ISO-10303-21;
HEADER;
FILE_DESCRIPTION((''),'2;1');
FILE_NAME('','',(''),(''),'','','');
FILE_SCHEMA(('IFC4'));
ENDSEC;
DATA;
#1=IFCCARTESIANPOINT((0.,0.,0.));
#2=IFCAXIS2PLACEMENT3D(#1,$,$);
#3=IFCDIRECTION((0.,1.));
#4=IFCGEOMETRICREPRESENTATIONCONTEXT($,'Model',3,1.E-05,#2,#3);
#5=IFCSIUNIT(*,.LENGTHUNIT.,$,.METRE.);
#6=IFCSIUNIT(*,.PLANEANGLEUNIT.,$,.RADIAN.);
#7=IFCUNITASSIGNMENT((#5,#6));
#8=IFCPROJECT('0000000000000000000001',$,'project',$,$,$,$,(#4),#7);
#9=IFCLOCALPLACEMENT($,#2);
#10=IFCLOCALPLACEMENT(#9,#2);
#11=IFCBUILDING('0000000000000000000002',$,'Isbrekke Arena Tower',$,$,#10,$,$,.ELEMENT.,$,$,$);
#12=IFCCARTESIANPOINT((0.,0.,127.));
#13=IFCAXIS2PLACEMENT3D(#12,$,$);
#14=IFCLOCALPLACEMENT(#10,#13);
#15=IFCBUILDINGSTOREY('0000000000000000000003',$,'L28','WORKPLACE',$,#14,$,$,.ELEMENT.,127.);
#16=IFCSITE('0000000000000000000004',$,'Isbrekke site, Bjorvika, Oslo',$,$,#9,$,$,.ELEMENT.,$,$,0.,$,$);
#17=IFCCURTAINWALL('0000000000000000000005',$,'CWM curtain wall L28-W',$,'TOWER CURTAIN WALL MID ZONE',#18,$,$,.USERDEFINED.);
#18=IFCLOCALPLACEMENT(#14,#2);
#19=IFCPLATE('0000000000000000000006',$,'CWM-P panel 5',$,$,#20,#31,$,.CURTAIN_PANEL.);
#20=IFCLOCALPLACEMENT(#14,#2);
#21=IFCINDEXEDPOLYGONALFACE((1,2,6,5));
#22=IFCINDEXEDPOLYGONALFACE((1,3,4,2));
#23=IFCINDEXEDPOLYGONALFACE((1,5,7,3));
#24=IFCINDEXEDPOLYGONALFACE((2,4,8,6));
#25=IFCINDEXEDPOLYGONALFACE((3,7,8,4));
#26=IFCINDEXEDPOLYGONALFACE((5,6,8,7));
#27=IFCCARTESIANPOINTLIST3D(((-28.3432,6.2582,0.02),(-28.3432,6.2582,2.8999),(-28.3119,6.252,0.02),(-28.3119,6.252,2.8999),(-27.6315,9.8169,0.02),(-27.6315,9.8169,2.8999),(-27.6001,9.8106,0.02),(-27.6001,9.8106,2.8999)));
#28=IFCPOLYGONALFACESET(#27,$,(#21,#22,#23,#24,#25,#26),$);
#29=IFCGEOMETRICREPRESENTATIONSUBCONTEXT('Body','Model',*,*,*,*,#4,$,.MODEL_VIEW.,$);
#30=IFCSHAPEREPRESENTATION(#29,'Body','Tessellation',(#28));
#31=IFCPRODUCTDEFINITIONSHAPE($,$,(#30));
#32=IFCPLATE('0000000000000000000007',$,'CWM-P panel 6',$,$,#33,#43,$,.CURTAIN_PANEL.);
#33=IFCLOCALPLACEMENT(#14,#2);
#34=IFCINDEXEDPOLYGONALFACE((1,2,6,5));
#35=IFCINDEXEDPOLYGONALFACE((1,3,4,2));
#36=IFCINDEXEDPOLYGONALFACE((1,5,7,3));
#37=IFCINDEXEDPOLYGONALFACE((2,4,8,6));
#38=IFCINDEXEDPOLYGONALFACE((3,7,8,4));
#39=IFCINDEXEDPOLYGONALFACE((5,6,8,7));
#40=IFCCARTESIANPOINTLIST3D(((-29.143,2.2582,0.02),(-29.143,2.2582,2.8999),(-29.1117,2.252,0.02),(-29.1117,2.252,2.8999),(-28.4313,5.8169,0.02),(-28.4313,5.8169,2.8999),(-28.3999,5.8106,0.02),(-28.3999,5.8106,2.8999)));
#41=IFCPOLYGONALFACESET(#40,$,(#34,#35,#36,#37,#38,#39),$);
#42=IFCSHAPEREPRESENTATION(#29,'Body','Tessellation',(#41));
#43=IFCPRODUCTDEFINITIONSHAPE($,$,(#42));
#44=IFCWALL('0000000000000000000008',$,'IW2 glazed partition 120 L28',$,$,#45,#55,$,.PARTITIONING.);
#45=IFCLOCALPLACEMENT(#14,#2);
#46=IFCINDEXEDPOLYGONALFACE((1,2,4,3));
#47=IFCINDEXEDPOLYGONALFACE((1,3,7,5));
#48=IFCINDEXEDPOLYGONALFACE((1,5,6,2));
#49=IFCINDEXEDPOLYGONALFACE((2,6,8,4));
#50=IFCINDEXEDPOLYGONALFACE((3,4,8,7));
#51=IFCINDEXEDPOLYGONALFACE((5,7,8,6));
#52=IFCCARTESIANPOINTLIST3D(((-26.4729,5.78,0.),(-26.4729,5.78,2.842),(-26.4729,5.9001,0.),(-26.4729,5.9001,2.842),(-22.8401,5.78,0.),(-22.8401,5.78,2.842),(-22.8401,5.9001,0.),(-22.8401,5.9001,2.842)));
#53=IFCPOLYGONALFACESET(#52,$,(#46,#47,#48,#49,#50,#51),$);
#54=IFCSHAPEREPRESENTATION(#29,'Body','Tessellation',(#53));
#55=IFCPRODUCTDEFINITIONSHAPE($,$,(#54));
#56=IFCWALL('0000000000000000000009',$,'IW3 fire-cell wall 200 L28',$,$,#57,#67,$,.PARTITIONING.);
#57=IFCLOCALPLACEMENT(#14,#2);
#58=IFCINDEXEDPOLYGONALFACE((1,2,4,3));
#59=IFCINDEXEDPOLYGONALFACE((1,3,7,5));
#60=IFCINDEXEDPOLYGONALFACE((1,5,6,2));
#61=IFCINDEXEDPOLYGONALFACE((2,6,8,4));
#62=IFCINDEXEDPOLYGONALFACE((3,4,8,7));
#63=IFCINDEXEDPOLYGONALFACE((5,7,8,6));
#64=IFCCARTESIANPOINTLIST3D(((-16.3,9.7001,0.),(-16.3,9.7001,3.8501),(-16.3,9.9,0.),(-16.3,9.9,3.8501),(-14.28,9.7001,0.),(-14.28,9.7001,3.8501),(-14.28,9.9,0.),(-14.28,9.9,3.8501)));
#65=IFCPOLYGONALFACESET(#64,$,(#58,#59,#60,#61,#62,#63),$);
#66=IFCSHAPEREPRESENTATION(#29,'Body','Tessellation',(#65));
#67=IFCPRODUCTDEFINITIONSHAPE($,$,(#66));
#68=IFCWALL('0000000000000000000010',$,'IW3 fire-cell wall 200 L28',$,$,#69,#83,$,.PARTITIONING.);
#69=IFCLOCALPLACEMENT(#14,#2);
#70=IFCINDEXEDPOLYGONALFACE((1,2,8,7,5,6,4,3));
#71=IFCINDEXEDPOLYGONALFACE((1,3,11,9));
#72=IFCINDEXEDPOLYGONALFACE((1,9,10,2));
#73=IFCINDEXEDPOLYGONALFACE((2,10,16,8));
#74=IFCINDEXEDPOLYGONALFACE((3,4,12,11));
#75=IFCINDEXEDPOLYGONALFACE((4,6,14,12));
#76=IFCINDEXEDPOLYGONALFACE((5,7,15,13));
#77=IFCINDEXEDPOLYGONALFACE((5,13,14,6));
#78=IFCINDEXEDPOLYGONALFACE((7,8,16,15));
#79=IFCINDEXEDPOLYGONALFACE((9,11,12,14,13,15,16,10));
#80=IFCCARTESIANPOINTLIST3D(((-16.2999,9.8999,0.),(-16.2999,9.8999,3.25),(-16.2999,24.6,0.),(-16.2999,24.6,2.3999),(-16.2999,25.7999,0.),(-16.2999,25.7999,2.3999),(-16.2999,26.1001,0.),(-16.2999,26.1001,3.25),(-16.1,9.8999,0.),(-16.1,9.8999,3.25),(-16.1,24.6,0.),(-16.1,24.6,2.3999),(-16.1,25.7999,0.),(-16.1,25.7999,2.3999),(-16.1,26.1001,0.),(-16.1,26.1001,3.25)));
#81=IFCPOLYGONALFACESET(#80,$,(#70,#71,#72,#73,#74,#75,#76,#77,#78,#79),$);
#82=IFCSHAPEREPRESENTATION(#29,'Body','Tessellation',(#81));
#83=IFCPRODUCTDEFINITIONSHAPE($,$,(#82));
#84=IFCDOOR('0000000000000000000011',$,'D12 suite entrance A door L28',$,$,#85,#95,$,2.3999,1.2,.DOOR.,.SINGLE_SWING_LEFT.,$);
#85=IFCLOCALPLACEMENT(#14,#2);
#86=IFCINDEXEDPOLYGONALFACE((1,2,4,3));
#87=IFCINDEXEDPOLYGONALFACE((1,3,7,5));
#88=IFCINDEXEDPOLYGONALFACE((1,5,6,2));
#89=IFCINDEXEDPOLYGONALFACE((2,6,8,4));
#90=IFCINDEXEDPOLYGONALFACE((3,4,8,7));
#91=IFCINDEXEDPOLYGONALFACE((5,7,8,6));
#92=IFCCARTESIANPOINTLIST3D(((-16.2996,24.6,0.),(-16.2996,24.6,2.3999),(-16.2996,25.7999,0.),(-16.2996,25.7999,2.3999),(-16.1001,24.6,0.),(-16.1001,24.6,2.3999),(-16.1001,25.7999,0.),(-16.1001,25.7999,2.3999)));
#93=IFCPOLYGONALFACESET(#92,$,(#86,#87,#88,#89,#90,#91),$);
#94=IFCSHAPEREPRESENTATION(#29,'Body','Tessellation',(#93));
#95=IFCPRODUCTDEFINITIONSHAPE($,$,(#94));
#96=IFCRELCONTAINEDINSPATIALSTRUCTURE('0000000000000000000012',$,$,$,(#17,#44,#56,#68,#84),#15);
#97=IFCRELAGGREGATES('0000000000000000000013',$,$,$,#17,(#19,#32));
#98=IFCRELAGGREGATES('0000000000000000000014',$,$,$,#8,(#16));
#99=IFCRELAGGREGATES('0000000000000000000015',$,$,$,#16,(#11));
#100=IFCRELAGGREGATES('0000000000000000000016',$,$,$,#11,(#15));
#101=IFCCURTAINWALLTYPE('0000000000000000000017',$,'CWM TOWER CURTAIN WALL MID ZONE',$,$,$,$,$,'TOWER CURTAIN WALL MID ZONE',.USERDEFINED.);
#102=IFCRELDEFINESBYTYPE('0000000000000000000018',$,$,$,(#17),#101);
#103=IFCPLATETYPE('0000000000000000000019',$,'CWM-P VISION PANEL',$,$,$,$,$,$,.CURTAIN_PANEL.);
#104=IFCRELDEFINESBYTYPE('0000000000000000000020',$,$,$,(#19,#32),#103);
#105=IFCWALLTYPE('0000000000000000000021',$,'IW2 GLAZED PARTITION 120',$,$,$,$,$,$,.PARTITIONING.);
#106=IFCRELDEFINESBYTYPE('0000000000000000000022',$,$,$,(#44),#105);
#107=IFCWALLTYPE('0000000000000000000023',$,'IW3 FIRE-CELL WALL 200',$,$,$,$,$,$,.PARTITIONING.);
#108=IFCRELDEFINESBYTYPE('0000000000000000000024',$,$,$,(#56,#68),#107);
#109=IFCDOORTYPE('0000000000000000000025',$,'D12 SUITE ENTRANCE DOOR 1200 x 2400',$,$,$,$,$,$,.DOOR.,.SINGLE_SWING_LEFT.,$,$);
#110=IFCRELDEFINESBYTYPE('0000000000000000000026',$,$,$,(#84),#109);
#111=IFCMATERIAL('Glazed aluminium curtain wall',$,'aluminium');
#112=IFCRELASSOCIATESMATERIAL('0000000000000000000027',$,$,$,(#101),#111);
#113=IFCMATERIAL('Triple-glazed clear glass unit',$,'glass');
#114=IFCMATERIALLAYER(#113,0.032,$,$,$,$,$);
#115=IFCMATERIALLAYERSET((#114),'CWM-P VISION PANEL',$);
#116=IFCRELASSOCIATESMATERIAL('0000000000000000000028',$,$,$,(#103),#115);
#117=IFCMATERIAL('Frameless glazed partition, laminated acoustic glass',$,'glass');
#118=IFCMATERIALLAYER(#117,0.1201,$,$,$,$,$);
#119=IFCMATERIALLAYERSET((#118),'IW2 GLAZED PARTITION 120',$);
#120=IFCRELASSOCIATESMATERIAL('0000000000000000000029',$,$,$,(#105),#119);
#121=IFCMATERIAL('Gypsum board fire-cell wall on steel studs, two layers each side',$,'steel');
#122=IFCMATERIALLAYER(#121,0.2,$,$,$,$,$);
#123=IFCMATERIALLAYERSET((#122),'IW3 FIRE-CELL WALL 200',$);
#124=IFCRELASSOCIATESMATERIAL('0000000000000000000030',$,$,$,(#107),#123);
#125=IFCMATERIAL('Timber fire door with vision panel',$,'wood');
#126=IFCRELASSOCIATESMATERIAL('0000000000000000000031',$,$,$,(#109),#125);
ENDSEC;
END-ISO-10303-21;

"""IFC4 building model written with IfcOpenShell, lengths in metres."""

from ifc_helpers import new_model, si_unit, direction, frame, frame_2d, origin, origin_2d, place, context, subcontext, project, spatial, rectangle, extrude, material, layer, layer_set, type_object, element, fill, aggregate, save


model = new_model("IFC4")

# Units and contexts
model_context = context("Model", 3, precision=1e-05, world=origin(), true_north=direction((0.0, 1.0)))
body_context = subcontext(model_context, "Body", "Model", "MODEL_VIEW")
ifc_project = project(units=[si_unit("LENGTHUNIT", "METRE"), si_unit("PLANEANGLEUNIT", "RADIAN")], contexts=[model_context])

# Site, building, storey
site_placement = place(None, origin())
site = spatial("IfcSite", under=ifc_project, at=site_placement, Name="Isbrekke site, Bjorvika, Oslo", CompositionType="ELEMENT", RefElevation=0.0)
building_placement = place(site_placement, origin())
building = spatial("IfcBuilding", under=site, at=building_placement, Name="Isbrekke Arena Tower", CompositionType="ELEMENT")
storey_placement = place(building_placement, frame((0.0, 0.0, 127.0)))
storey = spatial("IfcBuildingStorey", under=building, at=storey_placement, Name="L28", Description="WORKPLACE", CompositionType="ELEMENT", Elevation=127.0)

# Curtain wall
ifc_material_1 = material(Name="Glazed aluminium curtain wall", Category="aluminium")
curtain_wall_type = type_object("IfcCurtainWallType", Name="CWM TOWER CURTAIN WALL MID ZONE", ElementType="TOWER CURTAIN WALL MID ZONE", PredefinedType="USERDEFINED", material=ifc_material_1)
curtain_wall_placement = place(storey_placement, origin())
curtain_wall = element("IfcCurtainWall", 1, at=curtain_wall_placement, inside=storey, type_object=curtain_wall_type, Name="CWM curtain wall L28-W", ObjectType="TOWER CURTAIN WALL MID ZONE", PredefinedType="USERDEFINED")

# Plates
ifc_material_2 = material(Name="Triple-glazed clear glass unit", Category="glass")
ifc_layer_1 = layer(ifc_material_2, 0.032)
ifc_layer_set_1 = layer_set([ifc_layer_1], Name="CWM-P VISION PANEL")
plate_type = type_object("IfcPlateType", Name="CWM-P VISION PANEL", PredefinedType="CURTAIN_PANEL", material=ifc_layer_set_1)
plate_1_placement = place(storey_placement, frame((-27.9717, 8.0344, 0.02), z_axis=(0.0, 0.0, 1.0), x_axis=(-0.196116, -0.980581, 0.0)))
plate_1 = element("IfcPlate", 2, at=plate_1_placement, type_object=plate_type, Name="CWM-P panel 5", PredefinedType="CURTAIN_PANEL", context=body_context, shape_type="SweptSolid", body=[
    extrude(rectangle(XDim=3.6292, YDim=0.032, at=origin_2d()), origin(), (0.0, 0.0, 1.0), 2.8799),
])
plate_2_placement = place(storey_placement, frame((-28.7715, 4.0344, 0.02), z_axis=(0.0, 0.0, 1.0), x_axis=(-0.196116, -0.980581, 0.0)))
plate_2 = element("IfcPlate", 3, at=plate_2_placement, type_object=plate_type, Name="CWM-P panel 6", PredefinedType="CURTAIN_PANEL", context=body_context, shape_type="SweptSolid", body=[
    extrude(rectangle(XDim=3.6292, YDim=0.032, at=origin_2d()), origin(), (0.0, 0.0, 1.0), 2.8799),
])
aggregate(curtain_wall, [plate_1, plate_2])

# Walls
ifc_material_3 = material(Name="Frameless glazed partition, laminated acoustic glass", Category="glass")
ifc_layer_2 = layer(ifc_material_3, 0.1201)
ifc_layer_set_2 = layer_set([ifc_layer_2], Name="IW2 GLAZED PARTITION 120")
wall_type_1 = type_object("IfcWallType", Name="IW2 GLAZED PARTITION 120", PredefinedType="PARTITIONING", material=ifc_layer_set_2)
wall_1_placement = place(storey_placement, frame((-26.4729, 5.8401, 0.0), z_axis=(0.0, 0.0, 1.0), x_axis=(1.0, 0.0, 0.0)))
element("IfcWall", 4, at=wall_1_placement, inside=storey, type_object=wall_type_1, Name="IW2 glazed partition 120 L28", PredefinedType="PARTITIONING", context=body_context, shape_type="SweptSolid", body=[
    extrude(rectangle(XDim=3.6328, YDim=0.1201, at=frame_2d((1.8164, 0.0))), origin(), (0.0, 0.0, 1.0), 2.842),
])
ifc_material_4 = material(Name="Gypsum board fire-cell wall on steel studs, two layers each side", Category="steel")
ifc_layer_3 = layer(ifc_material_4, 0.2)
ifc_layer_set_3 = layer_set([ifc_layer_3], Name="IW3 FIRE-CELL WALL 200")
wall_type_2 = type_object("IfcWallType", Name="IW3 FIRE-CELL WALL 200", PredefinedType="PARTITIONING", material=ifc_layer_set_3)
wall_2_placement = place(storey_placement, frame((-16.3, 9.8, 0.0), z_axis=(0.0, 0.0, 1.0), x_axis=(1.0, 0.0, 0.0)))
element("IfcWall", 5, at=wall_2_placement, inside=storey, type_object=wall_type_2, Name="IW3 fire-cell wall 200 L28", PredefinedType="PARTITIONING", context=body_context, shape_type="SweptSolid", body=[
    extrude(rectangle(XDim=2.02, YDim=0.2, at=frame_2d((1.01, 0.0))), origin(), (0.0, 0.0, 1.0), 3.8501),
])

# Wall, opening, door
wall_3_placement = place(storey_placement, frame((-16.2, 9.8999, 0.0), z_axis=(0.0, 0.0, 1.0), x_axis=(0.0, 1.0, 0.0)))
wall_3 = element("IfcWall", 6, at=wall_3_placement, inside=storey, type_object=wall_type_2, Name="IW3 fire-cell wall 200 L28", PredefinedType="PARTITIONING", context=body_context, shape_type="SweptSolid", body=[
    extrude(rectangle(XDim=16.2002, YDim=0.2, at=frame_2d((8.1001, 0.0))), origin(), (0.0, 0.0, 1.0), 3.25),
])
opening_placement = place(wall_3_placement, frame((14.7, 0.0, 0.0)))
opening = element("IfcOpeningElement", 7, at=opening_placement, cuts=wall_3, PredefinedType="OPENING", context=body_context, shape_type="SweptSolid", body=[
    extrude(rectangle(XDim=1.2, YDim=2.3999, at=frame_2d((0.6001, 1.2))), frame((0.0, 0.1147, 0.0), z_axis=(0.0, -1.0, 0.0), x_axis=(1.0, 0.0, 0.0)), (0.0, 0.0, 1.0), 0.2297),
])
ifc_material_5 = material(Name="Timber fire door with vision panel", Category="wood")
door_type = type_object("IfcDoorType", Name="D12 SUITE ENTRANCE DOOR 1200 x 2400", OperationType="SINGLE_SWING_LEFT", PredefinedType="DOOR", material=ifc_material_5)
door_placement = place(opening_placement, origin())
door = element("IfcDoor", 8, at=door_placement, inside=storey, type_object=door_type, Name="D12 suite entrance A door L28", OperationType="SINGLE_SWING_LEFT", OverallHeight=2.3999, OverallWidth=1.2, PredefinedType="DOOR", context=body_context, shape_type="SweptSolid", body=[
    extrude(rectangle(XDim=1.2, YDim=2.3999, at=frame_2d((0.6001, 1.2))), frame((0.0, 0.0996, 0.0), z_axis=(0.0, -1.0, 0.0), x_axis=(1.0, 0.0, 0.0)), (0.0, 0.0, 1.0), 0.1995),
])
fill(opening, door)

save(model, "model.ifc")
